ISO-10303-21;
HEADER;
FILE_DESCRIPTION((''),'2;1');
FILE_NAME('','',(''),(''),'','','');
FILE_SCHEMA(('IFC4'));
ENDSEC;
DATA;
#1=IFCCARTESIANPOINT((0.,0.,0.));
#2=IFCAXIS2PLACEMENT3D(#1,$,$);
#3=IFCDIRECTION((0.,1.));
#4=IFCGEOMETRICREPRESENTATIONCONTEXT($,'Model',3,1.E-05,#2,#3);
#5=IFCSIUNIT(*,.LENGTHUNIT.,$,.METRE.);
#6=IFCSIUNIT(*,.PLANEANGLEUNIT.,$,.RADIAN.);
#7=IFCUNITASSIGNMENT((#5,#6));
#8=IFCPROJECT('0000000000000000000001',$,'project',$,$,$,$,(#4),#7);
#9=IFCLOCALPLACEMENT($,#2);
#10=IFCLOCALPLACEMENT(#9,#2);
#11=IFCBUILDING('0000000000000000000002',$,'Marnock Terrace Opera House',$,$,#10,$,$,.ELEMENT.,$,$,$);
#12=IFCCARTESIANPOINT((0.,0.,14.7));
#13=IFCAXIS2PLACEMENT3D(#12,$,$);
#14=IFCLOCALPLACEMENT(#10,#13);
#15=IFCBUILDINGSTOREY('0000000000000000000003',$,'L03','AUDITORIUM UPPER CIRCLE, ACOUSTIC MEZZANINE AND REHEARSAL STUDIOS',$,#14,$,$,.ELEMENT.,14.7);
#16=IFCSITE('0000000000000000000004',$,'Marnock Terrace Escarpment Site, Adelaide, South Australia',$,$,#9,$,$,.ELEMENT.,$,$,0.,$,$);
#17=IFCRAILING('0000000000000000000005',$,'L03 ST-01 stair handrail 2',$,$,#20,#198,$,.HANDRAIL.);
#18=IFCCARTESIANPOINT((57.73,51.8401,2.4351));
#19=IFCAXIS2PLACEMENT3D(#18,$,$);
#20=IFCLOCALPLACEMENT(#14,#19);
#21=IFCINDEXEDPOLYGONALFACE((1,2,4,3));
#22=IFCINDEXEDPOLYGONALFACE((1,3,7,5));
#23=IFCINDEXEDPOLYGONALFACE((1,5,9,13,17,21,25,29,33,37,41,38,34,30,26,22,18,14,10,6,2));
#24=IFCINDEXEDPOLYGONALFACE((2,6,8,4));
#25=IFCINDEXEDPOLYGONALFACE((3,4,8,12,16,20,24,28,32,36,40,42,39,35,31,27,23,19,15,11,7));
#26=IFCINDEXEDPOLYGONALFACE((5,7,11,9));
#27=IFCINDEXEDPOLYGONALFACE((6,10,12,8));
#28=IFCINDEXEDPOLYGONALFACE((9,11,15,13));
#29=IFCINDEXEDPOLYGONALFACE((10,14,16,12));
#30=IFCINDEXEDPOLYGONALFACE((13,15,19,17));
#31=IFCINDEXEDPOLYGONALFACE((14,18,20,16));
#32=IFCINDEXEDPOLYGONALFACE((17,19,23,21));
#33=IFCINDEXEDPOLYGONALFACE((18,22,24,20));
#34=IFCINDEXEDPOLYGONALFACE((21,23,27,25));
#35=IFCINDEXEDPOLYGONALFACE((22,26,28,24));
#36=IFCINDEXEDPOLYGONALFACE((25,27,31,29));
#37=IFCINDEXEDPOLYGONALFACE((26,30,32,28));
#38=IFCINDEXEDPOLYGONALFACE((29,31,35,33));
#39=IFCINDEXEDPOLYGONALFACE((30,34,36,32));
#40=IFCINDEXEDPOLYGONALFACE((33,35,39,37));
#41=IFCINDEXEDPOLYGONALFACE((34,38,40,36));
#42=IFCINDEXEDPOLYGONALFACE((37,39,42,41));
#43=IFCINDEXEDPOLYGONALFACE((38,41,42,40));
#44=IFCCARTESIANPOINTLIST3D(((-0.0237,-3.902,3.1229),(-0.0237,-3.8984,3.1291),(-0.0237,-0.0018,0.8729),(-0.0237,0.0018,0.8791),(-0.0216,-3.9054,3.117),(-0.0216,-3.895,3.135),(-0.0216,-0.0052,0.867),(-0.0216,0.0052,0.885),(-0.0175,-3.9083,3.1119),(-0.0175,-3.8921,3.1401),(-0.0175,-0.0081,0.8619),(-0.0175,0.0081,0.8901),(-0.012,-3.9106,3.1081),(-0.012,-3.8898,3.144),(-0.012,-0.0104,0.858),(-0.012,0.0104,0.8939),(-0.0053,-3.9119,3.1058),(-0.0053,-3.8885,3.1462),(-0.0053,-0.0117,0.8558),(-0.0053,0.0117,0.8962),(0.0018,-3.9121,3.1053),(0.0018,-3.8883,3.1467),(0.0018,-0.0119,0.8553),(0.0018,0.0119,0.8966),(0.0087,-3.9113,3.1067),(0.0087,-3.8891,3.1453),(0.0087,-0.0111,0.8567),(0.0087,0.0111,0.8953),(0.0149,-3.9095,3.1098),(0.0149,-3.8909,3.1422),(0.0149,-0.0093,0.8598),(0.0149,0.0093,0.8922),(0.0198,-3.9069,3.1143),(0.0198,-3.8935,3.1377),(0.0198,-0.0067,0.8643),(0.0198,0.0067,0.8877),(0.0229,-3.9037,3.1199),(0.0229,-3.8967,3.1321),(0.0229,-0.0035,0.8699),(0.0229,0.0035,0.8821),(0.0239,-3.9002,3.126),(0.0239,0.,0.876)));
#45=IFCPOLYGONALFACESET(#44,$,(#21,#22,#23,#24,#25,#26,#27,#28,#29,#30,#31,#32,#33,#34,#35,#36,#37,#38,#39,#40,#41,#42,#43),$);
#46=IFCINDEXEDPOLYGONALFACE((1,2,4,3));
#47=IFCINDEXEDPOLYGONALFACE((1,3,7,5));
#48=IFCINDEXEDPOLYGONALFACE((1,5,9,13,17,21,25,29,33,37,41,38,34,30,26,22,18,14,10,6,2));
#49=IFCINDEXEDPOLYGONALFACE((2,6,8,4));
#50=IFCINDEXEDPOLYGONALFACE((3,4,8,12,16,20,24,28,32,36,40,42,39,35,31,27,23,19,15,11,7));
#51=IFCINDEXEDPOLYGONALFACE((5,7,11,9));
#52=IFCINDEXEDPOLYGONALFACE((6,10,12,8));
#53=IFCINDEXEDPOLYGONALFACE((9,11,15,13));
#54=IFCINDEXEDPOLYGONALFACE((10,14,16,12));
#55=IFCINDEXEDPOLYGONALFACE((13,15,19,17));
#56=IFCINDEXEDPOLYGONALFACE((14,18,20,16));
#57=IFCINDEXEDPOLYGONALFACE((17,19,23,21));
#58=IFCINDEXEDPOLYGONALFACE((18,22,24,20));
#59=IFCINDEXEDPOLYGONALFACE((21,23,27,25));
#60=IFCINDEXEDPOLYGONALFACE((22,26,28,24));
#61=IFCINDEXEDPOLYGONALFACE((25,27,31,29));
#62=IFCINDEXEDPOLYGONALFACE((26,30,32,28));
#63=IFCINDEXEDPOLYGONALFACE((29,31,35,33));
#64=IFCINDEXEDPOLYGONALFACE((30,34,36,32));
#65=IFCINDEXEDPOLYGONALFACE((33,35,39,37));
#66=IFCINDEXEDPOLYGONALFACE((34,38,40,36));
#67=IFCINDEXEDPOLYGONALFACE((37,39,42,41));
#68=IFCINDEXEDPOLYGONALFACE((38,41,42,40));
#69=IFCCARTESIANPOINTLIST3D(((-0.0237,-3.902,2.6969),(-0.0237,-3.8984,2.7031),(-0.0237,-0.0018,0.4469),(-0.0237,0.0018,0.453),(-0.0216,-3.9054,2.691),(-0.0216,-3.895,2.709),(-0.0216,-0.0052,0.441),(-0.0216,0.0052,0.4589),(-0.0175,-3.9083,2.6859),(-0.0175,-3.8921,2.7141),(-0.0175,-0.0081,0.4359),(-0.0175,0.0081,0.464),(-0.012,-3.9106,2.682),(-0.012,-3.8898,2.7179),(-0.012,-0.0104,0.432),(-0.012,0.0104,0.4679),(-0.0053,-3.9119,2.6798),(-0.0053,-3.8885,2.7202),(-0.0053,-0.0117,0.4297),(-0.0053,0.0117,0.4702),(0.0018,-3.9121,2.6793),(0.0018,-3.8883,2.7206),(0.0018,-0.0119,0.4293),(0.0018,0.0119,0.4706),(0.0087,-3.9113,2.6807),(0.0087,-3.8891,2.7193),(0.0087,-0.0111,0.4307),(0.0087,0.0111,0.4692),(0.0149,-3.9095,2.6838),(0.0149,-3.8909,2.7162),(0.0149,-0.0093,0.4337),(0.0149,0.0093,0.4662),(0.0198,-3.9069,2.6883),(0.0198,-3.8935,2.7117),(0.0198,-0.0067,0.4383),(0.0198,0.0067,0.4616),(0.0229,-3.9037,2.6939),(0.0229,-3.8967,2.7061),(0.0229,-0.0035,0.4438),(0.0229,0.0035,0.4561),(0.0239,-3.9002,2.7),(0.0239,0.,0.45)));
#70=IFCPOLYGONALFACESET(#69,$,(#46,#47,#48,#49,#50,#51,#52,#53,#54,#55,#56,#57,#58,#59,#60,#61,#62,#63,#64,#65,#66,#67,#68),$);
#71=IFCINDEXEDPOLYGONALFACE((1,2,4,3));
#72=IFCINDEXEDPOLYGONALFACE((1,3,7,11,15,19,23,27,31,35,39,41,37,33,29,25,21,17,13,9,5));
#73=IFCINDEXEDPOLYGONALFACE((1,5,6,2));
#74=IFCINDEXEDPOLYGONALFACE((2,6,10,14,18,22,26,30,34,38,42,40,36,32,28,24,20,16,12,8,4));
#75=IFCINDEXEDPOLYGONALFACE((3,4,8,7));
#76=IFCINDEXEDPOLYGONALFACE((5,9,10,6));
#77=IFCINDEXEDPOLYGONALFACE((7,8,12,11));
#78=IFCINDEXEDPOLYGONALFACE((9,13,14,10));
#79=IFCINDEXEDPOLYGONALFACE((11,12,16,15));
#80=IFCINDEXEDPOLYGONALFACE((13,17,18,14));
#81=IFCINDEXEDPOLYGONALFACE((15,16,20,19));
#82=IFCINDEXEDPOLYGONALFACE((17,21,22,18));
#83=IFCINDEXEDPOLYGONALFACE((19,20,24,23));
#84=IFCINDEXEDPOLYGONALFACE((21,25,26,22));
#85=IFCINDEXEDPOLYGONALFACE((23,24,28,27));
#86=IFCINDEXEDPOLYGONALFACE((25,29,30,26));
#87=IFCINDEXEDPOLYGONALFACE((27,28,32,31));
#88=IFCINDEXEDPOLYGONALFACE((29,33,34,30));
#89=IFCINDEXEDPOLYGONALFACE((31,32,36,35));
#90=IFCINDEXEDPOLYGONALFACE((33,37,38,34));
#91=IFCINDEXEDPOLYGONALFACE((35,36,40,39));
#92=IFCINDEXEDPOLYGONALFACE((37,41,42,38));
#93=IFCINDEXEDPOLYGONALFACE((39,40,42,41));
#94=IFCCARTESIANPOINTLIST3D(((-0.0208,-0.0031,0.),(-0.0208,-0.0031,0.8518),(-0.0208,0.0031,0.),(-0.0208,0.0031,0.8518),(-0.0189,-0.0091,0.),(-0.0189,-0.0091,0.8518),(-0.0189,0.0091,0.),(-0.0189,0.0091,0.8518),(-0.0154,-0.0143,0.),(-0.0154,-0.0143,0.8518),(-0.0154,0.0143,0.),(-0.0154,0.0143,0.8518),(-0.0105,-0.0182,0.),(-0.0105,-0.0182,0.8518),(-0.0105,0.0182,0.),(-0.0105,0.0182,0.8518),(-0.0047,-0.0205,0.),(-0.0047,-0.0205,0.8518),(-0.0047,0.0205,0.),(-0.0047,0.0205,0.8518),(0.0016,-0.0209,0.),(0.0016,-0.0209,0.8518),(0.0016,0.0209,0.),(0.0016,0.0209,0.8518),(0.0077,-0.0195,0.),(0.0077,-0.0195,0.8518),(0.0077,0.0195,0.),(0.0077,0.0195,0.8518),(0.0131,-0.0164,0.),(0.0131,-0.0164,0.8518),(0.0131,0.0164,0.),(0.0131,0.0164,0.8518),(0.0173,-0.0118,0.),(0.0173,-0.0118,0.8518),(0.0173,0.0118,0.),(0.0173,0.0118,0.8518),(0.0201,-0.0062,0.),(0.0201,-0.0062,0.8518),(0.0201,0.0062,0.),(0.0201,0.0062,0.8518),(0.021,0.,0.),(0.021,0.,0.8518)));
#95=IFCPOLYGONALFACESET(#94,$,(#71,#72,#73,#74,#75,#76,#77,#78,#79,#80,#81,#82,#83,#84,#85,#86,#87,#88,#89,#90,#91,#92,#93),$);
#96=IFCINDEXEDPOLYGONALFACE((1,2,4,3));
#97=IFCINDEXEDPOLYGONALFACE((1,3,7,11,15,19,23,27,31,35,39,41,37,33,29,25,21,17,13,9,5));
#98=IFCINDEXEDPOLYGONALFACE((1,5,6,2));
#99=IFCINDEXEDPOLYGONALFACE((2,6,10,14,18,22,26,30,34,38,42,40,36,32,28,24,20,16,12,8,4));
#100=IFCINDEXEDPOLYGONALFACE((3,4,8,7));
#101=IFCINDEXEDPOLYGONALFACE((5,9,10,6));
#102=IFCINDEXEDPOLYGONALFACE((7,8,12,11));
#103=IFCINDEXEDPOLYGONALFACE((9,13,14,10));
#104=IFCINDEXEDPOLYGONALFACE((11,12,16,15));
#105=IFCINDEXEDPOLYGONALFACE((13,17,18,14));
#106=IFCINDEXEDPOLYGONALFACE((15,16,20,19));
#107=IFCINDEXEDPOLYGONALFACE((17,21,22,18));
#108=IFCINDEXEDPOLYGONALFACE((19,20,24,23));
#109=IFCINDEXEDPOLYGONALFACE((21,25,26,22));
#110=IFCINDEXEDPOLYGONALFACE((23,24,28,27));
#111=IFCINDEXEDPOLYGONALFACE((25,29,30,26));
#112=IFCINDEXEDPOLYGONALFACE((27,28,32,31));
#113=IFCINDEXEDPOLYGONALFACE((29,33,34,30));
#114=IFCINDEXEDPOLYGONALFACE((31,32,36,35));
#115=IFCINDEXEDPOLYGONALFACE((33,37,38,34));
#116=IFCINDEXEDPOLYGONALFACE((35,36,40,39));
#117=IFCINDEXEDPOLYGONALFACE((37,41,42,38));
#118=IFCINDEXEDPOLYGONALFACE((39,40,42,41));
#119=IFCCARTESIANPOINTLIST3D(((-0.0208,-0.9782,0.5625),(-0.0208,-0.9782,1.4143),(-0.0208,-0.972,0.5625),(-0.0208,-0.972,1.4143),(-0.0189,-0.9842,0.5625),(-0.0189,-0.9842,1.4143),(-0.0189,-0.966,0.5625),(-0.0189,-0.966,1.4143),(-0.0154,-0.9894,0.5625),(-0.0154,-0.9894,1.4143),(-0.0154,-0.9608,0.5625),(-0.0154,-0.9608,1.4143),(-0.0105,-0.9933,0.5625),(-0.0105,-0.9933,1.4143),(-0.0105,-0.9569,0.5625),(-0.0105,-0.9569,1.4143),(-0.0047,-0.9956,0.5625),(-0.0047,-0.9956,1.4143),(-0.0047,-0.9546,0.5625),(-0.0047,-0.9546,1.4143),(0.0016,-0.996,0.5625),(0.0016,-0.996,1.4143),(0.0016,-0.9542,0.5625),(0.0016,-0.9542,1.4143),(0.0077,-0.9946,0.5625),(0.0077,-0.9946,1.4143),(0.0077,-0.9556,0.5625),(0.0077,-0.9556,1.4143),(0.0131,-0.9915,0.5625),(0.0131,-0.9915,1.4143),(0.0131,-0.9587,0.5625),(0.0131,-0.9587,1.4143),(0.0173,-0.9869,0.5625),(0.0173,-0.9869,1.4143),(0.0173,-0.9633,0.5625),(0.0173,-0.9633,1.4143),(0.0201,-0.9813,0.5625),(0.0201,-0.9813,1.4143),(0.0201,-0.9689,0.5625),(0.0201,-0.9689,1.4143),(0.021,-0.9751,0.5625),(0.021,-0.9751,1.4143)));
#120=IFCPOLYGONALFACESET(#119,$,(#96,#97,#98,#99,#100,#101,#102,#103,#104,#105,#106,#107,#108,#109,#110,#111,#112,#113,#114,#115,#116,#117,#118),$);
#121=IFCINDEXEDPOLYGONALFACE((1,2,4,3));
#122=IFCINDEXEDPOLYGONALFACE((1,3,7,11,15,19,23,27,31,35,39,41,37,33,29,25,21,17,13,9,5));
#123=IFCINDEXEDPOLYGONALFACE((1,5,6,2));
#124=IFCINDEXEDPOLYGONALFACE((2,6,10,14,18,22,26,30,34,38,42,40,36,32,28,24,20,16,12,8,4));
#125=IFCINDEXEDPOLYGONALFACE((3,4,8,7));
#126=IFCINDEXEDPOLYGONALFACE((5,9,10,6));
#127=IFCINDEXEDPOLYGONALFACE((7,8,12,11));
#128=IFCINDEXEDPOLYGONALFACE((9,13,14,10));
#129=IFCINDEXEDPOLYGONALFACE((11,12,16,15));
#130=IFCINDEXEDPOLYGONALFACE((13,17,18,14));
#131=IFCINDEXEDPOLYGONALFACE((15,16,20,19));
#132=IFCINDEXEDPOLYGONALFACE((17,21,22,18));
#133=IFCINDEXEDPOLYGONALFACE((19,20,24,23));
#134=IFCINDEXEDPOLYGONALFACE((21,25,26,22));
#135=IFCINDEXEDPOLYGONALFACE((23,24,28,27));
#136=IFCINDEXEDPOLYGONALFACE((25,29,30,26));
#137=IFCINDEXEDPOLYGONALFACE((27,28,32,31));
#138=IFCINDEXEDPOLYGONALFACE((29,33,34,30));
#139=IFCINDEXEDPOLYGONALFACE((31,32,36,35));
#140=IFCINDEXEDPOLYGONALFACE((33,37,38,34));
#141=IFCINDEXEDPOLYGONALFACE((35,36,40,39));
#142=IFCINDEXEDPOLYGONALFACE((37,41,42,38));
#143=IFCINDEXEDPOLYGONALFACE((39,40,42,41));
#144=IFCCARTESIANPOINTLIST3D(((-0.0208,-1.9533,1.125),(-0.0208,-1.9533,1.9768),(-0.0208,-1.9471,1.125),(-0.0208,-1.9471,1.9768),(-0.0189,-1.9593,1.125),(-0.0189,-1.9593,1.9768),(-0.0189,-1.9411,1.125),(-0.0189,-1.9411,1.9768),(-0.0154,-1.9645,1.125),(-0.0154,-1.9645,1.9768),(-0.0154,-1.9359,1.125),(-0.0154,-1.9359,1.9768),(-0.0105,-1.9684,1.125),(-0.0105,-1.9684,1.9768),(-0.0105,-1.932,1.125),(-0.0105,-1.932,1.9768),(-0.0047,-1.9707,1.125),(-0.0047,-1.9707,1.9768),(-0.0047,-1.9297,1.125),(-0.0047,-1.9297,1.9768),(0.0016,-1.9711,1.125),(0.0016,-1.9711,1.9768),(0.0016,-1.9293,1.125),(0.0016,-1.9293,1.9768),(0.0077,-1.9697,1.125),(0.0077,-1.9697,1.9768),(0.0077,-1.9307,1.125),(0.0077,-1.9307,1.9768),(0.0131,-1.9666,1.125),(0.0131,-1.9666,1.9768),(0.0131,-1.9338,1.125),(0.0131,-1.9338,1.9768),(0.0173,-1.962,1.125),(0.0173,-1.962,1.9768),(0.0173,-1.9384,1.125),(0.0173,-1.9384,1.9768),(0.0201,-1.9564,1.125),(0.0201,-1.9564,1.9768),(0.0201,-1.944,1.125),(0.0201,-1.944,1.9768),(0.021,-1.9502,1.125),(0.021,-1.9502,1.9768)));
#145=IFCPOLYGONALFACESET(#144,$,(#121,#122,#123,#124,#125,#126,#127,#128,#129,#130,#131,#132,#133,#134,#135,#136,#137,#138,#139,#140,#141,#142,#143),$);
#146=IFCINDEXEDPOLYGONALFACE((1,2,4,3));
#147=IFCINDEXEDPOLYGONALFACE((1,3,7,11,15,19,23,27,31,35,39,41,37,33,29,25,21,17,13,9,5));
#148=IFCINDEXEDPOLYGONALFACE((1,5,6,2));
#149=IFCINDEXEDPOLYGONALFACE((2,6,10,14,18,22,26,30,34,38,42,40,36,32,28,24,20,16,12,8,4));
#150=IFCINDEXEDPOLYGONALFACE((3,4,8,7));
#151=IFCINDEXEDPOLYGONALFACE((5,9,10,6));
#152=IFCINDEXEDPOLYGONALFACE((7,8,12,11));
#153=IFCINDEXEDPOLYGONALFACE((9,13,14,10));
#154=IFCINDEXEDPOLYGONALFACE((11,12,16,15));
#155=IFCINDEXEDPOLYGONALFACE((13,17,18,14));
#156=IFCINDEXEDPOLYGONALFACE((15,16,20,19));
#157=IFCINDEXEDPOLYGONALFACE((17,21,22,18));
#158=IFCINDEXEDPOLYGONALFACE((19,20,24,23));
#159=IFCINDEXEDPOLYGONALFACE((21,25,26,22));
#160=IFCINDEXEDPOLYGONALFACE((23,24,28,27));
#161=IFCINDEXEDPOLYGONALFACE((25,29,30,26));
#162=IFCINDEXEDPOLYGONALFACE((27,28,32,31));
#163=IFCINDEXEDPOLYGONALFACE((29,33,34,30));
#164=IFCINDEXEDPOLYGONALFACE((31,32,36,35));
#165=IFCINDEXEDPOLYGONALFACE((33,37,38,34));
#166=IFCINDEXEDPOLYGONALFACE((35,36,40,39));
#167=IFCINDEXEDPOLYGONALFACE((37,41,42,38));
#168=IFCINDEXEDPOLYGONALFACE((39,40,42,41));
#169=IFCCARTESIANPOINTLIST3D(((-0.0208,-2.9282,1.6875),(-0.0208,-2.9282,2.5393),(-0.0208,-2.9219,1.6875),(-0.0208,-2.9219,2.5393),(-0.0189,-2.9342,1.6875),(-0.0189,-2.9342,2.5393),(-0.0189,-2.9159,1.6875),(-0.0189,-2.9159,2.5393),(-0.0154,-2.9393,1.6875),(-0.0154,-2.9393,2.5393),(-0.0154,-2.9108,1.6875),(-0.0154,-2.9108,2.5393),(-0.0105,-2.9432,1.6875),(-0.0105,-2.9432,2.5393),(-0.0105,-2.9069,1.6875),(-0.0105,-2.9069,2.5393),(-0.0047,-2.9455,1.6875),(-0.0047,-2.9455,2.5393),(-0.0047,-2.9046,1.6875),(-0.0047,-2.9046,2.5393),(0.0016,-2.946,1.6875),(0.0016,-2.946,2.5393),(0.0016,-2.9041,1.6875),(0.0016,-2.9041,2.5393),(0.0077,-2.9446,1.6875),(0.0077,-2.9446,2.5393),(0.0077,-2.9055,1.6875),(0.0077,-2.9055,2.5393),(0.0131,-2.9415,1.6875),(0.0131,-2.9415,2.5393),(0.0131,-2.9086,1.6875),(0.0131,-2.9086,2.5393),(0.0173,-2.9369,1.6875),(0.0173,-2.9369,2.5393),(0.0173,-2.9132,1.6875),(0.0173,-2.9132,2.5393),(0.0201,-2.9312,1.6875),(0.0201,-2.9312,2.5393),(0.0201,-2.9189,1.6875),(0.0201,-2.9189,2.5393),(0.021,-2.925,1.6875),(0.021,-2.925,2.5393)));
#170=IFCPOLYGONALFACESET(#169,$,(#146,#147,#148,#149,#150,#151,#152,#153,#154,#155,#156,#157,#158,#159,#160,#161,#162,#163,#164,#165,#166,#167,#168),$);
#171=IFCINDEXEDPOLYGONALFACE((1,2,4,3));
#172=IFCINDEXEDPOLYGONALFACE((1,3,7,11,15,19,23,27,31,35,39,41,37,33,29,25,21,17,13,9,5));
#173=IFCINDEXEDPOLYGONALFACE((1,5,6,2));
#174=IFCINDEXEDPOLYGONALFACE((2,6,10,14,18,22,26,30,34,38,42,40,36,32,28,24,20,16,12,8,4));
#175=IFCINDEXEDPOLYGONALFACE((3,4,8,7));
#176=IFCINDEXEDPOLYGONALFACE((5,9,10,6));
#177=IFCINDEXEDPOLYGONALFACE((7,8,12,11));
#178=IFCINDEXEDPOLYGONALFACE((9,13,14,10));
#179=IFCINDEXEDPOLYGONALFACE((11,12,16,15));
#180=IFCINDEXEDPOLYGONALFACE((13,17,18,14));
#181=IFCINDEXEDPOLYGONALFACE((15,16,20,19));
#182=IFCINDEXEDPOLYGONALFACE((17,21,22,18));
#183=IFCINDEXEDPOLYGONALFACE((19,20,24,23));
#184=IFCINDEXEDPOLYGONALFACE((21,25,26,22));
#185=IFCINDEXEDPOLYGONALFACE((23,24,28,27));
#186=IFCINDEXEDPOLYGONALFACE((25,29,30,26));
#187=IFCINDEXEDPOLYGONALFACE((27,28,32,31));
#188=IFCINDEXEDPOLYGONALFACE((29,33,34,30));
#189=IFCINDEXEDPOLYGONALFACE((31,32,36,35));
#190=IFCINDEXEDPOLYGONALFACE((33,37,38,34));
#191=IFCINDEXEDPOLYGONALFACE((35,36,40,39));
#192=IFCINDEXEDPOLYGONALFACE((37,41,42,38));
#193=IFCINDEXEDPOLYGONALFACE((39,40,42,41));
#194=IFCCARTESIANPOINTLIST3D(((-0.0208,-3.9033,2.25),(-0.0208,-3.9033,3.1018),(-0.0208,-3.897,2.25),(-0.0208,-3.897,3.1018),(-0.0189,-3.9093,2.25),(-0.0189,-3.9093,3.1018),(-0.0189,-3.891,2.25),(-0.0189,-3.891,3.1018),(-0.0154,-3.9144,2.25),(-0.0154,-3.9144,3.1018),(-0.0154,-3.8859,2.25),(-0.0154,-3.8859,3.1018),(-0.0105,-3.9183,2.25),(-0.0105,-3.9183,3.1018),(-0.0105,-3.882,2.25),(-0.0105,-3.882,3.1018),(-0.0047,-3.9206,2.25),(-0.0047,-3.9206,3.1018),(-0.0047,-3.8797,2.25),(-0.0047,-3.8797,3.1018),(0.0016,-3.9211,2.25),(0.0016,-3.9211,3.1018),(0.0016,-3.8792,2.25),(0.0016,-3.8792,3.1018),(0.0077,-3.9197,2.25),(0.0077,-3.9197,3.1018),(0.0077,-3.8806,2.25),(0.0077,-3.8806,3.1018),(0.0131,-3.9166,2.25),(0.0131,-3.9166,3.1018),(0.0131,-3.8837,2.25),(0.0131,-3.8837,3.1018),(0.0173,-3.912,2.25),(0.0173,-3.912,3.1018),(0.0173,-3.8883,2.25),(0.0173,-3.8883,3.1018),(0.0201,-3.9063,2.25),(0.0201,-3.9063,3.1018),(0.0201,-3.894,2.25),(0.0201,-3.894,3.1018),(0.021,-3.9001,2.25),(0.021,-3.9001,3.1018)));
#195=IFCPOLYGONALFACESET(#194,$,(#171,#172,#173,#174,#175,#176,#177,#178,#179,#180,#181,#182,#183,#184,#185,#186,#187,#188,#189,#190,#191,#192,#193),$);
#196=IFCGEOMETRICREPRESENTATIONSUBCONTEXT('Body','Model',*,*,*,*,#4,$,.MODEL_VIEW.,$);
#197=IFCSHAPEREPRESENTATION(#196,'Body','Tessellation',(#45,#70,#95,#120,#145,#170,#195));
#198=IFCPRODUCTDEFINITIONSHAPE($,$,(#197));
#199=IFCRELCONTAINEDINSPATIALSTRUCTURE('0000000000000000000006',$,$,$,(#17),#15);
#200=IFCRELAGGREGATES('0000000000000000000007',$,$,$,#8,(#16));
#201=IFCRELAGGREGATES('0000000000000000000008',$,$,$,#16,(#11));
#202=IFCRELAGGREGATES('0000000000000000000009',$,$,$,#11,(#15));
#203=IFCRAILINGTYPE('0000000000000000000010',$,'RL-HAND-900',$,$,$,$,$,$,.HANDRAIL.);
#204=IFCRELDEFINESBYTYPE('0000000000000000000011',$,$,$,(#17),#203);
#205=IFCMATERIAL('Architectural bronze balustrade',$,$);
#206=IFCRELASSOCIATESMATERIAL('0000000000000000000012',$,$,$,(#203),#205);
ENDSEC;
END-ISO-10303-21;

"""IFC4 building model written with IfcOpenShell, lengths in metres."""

from ifc_helpers import new_model, si_unit, direction, frame, origin, origin_2d, place, context, subcontext, project, spatial, circle, extrude, material, type_object, element, save


model = new_model("IFC4")

# Units and contexts
model_context = context("Model", 3, precision=1e-05, world=origin(), true_north=direction((0.0, 1.0)))
body_context = subcontext(model_context, "Body", "Model", "MODEL_VIEW")
ifc_project = project(units=[si_unit("LENGTHUNIT", "METRE"), si_unit("PLANEANGLEUNIT", "RADIAN")], contexts=[model_context])

# Site, building, storey
site_placement = place(None, origin())
site = spatial("IfcSite", under=ifc_project, at=site_placement, Name="Marnock Terrace Escarpment Site, Adelaide, South Australia", CompositionType="ELEMENT", RefElevation=0.0)
building_placement = place(site_placement, origin())
building = spatial("IfcBuilding", under=site, at=building_placement, Name="Marnock Terrace Opera House", CompositionType="ELEMENT")
storey_placement = place(building_placement, frame((0.0, 0.0, 14.7)))
storey = spatial("IfcBuildingStorey", under=building, at=storey_placement, Name="L03", Description="AUDITORIUM UPPER CIRCLE, ACOUSTIC MEZZANINE AND REHEARSAL STUDIOS", CompositionType="ELEMENT", Elevation=14.7)

# Railing
ifc_material_1 = material(Name="Architectural bronze balustrade")
railing_type_1 = type_object("IfcRailingType", Name="RL-HAND-900", PredefinedType="HANDRAIL", material=ifc_material_1)
railing_1_placement = place(storey_placement, frame((57.73, 51.8401, 2.4351)))
element("IfcRailing", 1, at=railing_1_placement, inside=storey, type_object=railing_type_1, Name="L03 ST-01 stair handrail 2", PredefinedType="HANDRAIL", context=body_context, shape_type="SweptSolid", body=[
    extrude(circle(Radius=0.0239, at=origin_2d()), frame((0.0, 0.0, 0.876), z_axis=(0.0, -0.866194, 0.499708), x_axis=(1.0, 0.0, 0.0)), (0.0, 0.0, 1.0), 4.5027),
    extrude(circle(Radius=0.0239, at=origin_2d()), frame((0.0, 0.0, 0.45), z_axis=(0.0, -0.866194, 0.499708), x_axis=(1.0, 0.0, 0.0)), (0.0, 0.0, 1.0), 4.5027),
    extrude(circle(Radius=0.021, at=origin_2d()), origin(), (0.0, 0.0, 1.0), 0.8518),
    extrude(circle(Radius=0.021, at=origin_2d()), frame((0.0, -0.9751, 0.5625)), (0.0, 0.0, 1.0), 0.8518),
    extrude(circle(Radius=0.021, at=origin_2d()), frame((0.0, -1.9502, 1.125)), (0.0, 0.0, 1.0), 0.8518),
    extrude(circle(Radius=0.021, at=origin_2d()), frame((0.0, -2.925, 1.6875)), (0.0, 0.0, 1.0), 0.8518),
    extrude(circle(Radius=0.021, at=origin_2d()), frame((0.0, -3.9001, 2.25)), (0.0, 0.0, 1.0), 0.8518),
])

save(model, "model.ifc")
